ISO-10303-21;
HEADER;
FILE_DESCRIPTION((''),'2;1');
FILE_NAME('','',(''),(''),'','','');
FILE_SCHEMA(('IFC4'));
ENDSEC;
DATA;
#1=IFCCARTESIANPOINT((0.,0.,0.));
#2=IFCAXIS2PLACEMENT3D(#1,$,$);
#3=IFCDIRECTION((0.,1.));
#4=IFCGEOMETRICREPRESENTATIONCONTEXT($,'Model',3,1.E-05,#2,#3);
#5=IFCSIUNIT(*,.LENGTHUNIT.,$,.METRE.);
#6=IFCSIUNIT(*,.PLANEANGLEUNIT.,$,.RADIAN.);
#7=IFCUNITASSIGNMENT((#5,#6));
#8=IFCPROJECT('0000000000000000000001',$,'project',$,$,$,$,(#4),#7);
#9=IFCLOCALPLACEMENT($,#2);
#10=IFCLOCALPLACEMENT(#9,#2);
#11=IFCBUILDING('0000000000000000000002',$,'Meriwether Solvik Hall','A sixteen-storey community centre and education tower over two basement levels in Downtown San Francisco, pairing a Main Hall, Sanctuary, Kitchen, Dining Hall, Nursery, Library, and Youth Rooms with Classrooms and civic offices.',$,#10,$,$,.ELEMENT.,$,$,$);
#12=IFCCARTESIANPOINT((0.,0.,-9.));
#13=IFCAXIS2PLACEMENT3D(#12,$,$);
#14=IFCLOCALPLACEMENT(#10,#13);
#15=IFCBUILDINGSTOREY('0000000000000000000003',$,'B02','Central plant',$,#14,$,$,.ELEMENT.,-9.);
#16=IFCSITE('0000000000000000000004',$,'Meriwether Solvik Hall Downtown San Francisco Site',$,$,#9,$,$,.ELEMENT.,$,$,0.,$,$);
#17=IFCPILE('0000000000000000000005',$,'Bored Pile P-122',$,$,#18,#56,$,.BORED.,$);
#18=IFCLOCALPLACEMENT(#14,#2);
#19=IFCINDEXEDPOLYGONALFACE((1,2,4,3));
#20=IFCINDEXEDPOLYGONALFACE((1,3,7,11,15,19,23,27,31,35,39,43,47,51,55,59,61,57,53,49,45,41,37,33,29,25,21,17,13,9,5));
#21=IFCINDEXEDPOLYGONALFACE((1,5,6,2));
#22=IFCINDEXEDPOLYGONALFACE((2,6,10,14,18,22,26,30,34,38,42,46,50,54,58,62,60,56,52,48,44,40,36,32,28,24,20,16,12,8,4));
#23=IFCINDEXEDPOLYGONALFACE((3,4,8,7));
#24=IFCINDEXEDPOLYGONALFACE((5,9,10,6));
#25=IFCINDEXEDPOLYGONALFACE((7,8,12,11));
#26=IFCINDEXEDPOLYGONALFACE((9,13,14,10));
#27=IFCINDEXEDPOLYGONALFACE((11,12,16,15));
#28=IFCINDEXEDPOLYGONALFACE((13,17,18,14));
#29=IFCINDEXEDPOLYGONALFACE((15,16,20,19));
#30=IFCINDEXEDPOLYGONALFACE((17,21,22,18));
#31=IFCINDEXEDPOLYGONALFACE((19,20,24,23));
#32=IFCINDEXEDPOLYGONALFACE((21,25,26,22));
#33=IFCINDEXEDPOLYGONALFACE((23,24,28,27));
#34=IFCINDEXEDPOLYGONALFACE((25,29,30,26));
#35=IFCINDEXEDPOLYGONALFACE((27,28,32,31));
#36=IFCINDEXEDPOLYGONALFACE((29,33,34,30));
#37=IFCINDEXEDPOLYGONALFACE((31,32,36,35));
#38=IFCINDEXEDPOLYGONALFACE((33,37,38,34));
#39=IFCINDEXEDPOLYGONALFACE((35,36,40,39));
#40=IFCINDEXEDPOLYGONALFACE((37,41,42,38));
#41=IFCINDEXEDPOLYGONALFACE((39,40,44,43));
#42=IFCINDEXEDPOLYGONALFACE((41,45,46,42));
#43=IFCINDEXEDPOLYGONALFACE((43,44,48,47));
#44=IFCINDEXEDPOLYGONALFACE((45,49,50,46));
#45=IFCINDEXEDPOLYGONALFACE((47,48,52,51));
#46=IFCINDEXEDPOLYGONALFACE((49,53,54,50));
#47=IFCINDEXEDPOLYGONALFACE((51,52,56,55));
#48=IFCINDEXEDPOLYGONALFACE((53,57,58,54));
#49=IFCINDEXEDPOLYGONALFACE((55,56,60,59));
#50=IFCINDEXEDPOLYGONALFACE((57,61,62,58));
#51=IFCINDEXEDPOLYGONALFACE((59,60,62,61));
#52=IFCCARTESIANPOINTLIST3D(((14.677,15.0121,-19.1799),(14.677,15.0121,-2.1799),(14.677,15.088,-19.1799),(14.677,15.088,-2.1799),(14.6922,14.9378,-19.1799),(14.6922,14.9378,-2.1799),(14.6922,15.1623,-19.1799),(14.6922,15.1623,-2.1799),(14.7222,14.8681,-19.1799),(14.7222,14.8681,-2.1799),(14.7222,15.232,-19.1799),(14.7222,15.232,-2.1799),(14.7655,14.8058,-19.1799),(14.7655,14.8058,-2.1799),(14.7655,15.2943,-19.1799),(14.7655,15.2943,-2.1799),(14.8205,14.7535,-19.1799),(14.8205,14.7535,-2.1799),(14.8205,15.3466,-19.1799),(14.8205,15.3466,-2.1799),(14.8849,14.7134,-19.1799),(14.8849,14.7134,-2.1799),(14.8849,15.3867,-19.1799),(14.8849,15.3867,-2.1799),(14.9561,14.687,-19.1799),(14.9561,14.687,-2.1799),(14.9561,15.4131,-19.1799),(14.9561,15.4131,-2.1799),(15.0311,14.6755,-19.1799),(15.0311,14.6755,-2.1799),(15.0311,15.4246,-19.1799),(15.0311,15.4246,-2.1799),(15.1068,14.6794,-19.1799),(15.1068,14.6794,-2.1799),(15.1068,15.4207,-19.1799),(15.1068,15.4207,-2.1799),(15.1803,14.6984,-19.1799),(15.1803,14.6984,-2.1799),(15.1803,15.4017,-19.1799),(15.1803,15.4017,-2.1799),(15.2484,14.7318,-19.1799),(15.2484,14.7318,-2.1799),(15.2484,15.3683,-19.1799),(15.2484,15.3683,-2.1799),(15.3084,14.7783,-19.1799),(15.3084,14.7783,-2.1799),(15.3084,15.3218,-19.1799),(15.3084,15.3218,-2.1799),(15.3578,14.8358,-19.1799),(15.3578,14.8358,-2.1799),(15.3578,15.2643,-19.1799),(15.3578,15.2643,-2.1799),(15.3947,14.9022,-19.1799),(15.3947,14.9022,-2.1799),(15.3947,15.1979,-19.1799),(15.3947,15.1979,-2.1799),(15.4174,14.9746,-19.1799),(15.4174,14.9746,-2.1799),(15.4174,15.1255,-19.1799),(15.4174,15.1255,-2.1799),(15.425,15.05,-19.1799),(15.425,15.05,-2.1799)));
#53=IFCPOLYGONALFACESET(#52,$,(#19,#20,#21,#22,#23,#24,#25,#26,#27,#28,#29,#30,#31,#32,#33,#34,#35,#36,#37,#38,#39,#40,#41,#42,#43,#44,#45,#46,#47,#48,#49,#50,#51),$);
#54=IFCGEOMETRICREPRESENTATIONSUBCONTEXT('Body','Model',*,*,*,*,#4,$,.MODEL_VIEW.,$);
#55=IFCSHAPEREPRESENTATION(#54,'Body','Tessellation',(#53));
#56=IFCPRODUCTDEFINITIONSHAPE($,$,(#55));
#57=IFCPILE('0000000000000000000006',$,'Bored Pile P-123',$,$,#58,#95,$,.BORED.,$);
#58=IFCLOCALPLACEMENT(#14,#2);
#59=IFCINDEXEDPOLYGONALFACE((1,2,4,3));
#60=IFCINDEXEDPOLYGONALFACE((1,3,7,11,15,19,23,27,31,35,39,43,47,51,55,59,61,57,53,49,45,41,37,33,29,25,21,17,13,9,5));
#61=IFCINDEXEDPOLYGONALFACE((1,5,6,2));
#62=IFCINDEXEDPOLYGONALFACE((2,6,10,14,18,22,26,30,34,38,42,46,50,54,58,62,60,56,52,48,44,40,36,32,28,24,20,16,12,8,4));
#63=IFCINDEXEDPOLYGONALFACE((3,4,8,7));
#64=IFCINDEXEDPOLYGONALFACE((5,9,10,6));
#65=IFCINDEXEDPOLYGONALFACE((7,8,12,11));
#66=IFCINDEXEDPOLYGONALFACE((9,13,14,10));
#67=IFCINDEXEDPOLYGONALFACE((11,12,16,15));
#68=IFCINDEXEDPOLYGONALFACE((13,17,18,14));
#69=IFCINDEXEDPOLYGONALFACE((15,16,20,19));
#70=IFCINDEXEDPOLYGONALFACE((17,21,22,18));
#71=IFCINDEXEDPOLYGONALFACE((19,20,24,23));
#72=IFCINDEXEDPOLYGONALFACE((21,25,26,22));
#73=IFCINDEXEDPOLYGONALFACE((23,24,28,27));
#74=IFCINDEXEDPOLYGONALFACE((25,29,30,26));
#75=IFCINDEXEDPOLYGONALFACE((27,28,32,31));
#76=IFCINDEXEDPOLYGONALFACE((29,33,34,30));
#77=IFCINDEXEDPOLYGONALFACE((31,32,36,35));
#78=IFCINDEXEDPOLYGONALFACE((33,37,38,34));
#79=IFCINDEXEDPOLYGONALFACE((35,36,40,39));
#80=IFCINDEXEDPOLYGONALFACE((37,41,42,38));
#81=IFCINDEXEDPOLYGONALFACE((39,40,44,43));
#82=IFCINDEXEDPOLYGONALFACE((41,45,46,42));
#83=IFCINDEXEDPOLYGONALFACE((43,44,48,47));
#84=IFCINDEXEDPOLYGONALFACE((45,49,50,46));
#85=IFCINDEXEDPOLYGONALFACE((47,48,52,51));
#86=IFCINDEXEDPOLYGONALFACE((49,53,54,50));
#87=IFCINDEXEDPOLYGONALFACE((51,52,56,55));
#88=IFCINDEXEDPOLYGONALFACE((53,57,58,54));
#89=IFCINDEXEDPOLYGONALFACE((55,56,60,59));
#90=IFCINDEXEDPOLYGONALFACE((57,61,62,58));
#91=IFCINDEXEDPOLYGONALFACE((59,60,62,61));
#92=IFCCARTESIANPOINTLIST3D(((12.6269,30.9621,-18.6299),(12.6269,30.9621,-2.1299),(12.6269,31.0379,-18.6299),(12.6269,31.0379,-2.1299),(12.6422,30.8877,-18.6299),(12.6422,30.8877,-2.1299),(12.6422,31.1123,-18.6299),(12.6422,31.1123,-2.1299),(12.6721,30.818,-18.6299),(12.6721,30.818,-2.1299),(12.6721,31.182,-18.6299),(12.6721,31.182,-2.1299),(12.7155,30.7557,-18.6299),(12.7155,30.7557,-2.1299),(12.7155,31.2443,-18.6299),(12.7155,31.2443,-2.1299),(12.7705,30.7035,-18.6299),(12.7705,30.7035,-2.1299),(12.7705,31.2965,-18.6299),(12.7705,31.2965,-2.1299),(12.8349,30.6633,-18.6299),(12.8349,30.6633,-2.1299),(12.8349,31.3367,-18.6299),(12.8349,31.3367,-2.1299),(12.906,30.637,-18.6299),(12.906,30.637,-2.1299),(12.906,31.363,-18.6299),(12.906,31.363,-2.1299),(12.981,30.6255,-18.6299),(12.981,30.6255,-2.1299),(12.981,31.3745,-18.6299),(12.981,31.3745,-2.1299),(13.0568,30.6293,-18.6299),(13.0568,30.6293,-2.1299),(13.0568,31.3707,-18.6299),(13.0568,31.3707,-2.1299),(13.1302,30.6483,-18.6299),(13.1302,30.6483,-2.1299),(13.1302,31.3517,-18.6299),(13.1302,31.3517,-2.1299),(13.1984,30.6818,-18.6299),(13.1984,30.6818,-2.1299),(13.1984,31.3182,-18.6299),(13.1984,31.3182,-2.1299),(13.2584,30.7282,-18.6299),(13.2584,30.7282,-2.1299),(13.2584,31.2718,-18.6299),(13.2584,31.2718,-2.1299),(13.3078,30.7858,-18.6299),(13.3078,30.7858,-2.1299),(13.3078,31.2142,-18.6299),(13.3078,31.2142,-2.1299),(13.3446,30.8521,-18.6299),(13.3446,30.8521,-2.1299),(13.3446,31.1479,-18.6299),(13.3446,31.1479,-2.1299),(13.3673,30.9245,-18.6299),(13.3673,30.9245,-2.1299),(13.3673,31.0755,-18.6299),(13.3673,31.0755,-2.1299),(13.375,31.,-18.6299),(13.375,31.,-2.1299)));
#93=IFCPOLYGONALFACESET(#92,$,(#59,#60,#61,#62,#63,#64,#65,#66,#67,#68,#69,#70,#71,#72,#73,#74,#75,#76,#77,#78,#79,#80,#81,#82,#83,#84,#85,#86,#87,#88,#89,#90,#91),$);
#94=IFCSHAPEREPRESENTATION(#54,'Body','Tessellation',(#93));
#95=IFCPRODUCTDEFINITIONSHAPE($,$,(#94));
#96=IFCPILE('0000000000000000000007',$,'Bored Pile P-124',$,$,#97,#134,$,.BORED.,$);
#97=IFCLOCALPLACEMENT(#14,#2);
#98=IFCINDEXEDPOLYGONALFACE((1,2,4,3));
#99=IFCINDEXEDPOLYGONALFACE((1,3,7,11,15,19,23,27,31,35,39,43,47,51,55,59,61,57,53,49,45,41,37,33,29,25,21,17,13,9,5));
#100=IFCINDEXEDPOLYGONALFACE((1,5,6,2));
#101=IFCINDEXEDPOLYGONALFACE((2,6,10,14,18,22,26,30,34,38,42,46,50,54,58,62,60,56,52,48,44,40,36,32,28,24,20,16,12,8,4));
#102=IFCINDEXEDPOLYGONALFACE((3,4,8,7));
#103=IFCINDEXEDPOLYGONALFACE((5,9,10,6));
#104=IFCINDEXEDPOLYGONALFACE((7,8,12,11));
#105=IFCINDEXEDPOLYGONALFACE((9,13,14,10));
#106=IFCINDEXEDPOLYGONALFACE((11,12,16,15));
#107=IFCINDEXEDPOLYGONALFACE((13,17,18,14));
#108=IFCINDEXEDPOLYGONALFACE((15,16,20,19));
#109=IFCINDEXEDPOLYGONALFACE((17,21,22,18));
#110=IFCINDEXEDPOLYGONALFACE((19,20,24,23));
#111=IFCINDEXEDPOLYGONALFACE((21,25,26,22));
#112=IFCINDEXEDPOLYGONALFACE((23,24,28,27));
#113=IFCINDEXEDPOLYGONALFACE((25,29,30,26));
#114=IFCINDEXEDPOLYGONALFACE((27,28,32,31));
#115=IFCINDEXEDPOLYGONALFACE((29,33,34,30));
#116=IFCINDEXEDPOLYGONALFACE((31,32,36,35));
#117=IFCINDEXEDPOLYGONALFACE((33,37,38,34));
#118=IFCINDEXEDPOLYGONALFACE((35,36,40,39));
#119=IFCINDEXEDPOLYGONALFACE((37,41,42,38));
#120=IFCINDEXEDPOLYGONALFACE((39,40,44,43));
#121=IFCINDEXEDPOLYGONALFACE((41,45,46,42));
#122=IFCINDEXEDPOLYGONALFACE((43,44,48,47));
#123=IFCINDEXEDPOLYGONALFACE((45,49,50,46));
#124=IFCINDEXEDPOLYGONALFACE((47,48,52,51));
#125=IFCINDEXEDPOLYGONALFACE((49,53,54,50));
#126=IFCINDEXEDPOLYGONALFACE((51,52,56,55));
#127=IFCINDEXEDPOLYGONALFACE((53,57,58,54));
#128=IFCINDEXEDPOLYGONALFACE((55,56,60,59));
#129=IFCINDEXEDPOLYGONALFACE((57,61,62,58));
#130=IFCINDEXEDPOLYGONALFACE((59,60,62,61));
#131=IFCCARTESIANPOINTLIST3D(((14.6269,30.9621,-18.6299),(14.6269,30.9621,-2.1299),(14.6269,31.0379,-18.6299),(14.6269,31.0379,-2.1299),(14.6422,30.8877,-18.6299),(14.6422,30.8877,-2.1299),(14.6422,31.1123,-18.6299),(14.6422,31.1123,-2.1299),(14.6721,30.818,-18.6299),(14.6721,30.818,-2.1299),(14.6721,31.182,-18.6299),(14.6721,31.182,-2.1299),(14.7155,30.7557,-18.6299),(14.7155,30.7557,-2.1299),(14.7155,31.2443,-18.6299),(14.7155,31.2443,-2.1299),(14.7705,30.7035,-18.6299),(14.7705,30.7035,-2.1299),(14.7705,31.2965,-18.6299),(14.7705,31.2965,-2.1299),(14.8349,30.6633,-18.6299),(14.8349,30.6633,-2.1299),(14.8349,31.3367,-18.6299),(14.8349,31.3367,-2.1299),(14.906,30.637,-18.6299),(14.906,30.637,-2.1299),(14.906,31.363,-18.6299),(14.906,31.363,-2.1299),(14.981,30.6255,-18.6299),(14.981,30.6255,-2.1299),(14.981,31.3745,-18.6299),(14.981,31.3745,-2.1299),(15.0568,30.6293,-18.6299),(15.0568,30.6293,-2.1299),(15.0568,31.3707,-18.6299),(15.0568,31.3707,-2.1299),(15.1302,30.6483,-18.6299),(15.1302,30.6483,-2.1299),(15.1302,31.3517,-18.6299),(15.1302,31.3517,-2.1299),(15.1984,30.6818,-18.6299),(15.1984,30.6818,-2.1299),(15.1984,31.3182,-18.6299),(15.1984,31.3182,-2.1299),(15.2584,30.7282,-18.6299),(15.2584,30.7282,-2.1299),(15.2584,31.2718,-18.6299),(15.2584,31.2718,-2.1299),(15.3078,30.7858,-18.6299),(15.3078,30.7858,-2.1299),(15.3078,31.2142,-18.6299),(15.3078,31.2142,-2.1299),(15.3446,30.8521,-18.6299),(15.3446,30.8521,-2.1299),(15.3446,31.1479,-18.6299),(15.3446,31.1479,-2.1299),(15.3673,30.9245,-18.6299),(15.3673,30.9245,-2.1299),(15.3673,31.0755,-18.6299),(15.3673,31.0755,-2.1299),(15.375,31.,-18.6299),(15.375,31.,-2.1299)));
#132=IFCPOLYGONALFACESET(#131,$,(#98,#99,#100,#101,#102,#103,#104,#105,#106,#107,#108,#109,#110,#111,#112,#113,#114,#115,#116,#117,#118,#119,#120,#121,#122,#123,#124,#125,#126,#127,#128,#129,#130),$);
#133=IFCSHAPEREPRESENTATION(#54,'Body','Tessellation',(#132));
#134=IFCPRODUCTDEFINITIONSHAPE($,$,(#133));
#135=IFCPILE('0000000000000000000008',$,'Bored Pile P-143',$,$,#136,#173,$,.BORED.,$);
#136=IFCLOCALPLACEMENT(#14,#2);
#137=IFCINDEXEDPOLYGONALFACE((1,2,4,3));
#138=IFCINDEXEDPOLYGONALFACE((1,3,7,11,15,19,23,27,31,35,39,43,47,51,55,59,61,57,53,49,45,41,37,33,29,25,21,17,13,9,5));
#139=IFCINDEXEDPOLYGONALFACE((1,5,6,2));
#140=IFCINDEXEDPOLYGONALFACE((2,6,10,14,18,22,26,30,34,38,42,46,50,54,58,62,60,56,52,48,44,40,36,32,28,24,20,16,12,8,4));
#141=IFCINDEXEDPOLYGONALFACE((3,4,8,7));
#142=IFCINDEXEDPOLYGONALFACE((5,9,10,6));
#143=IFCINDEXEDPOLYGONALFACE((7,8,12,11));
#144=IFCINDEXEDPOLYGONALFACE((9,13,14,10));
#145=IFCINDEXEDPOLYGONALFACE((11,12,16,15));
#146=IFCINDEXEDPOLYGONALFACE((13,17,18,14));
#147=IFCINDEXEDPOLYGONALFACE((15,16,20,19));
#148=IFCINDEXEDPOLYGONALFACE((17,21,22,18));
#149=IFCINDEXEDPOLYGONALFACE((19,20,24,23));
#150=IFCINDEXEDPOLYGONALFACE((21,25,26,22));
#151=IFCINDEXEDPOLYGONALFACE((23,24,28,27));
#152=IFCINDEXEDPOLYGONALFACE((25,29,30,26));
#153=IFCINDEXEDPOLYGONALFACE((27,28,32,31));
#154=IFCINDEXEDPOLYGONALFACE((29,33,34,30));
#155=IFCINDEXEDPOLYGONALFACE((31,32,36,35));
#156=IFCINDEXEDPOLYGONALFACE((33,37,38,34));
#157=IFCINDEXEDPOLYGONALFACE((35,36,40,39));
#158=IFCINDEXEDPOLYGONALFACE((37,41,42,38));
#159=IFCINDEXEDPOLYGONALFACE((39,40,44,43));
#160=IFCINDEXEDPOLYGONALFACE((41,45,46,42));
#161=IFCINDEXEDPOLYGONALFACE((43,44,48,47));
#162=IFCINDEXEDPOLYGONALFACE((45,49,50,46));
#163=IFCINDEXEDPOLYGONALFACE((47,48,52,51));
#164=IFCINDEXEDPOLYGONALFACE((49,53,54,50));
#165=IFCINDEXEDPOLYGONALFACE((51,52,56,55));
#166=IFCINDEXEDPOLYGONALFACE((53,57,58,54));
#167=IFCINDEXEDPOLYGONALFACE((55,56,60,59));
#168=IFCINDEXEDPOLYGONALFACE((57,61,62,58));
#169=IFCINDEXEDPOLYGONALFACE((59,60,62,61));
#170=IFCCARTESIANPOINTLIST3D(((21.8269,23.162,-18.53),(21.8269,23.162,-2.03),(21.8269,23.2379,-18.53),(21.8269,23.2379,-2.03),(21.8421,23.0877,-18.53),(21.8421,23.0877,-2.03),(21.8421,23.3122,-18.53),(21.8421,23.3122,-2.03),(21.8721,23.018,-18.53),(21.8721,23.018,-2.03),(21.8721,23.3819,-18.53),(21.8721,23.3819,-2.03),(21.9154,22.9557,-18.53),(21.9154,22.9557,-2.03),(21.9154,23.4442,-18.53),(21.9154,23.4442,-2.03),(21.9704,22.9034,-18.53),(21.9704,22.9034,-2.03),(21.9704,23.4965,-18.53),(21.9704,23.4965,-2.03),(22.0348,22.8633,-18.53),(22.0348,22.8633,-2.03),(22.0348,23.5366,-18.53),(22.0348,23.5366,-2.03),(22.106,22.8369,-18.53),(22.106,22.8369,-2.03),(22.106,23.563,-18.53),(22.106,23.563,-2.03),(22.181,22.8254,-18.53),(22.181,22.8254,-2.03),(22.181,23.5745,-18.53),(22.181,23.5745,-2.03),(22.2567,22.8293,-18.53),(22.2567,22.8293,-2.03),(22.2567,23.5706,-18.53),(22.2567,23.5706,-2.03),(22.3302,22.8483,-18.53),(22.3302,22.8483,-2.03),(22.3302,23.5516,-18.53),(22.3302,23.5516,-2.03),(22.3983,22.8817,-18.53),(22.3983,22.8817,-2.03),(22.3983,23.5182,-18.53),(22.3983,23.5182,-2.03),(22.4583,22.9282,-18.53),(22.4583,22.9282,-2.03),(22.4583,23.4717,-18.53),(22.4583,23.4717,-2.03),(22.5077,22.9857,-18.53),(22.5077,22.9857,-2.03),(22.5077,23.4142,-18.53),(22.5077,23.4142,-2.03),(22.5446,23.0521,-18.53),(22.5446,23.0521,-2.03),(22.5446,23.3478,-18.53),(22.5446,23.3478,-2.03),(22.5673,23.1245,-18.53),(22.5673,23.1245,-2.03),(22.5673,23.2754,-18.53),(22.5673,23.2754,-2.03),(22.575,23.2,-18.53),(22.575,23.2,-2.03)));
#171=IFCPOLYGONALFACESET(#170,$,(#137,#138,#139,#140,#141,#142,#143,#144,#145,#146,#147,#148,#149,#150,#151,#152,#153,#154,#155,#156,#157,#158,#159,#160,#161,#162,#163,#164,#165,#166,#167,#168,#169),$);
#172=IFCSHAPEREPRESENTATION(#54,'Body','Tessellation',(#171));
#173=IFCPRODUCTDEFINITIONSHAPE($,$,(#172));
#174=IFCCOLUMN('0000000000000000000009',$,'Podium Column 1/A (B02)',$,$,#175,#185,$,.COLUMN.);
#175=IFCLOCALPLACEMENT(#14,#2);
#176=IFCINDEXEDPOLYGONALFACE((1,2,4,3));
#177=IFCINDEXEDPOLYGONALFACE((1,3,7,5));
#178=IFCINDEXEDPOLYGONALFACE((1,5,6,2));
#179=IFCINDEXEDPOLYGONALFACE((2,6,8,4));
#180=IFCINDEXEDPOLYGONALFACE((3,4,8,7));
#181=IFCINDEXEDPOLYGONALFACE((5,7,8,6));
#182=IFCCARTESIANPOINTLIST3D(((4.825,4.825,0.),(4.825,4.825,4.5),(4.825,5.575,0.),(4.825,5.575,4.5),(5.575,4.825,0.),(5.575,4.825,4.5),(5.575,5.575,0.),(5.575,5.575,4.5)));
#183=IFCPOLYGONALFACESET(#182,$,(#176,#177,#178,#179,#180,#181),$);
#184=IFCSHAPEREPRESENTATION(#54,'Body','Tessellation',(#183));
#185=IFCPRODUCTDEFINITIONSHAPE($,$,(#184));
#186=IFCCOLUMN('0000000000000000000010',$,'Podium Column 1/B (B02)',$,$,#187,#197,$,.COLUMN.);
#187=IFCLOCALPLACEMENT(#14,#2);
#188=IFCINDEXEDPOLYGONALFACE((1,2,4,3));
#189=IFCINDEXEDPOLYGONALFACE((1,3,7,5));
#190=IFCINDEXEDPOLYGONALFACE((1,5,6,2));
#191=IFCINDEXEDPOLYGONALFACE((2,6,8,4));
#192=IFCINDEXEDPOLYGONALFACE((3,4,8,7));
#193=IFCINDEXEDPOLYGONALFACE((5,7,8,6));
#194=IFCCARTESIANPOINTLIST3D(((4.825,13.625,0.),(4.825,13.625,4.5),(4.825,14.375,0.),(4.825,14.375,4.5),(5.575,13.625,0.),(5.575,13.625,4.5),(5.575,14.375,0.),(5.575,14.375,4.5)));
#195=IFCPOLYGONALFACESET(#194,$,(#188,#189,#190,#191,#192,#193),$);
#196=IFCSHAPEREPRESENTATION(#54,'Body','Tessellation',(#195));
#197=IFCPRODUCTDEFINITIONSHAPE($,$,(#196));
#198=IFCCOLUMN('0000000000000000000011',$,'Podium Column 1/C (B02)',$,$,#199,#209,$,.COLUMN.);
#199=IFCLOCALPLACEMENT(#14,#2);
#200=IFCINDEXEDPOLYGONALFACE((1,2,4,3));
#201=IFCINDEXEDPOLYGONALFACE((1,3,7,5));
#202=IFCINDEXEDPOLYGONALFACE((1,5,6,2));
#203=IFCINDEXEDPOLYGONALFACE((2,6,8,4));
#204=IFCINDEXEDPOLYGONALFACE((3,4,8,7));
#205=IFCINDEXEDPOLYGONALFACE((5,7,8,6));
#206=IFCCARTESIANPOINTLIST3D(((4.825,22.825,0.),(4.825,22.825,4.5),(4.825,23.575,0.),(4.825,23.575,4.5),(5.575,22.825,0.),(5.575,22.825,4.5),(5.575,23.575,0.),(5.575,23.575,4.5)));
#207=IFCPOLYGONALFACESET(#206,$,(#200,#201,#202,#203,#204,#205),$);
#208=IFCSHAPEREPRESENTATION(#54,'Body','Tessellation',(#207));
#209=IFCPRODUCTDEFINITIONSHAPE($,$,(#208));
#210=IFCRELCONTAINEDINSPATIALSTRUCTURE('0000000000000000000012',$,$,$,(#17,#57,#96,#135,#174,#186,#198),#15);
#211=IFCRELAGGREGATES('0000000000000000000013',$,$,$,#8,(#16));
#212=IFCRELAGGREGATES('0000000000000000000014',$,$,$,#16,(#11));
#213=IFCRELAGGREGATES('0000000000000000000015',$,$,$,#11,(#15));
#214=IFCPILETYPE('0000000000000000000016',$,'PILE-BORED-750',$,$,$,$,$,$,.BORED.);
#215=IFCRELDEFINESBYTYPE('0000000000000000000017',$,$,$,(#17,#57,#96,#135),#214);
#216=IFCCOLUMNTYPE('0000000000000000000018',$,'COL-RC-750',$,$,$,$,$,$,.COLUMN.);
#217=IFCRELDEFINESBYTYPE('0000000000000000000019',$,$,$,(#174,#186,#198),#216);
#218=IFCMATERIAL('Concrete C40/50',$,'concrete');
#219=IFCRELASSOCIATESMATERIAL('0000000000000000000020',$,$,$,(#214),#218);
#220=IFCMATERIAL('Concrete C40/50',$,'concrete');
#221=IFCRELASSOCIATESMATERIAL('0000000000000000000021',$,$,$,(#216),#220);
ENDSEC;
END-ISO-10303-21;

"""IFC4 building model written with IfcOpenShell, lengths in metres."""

from ifc_helpers import new_model, si_unit, direction, frame, origin, origin_2d, place, context, subcontext, project, spatial, rectangle, circle, extrude, material, material_profile, profile_set, type_object, element, save


model = new_model("IFC4")

# Units and contexts
model_context = context("Model", 3, precision=1e-05, world=origin(), true_north=direction((0.0, 1.0)))
body_context = subcontext(model_context, "Body", "Model", "MODEL_VIEW")
ifc_project = project(units=[si_unit("LENGTHUNIT", "METRE"), si_unit("PLANEANGLEUNIT", "RADIAN")], contexts=[model_context])

# Site, building, storey
site_placement = place(None, origin())
site = spatial("IfcSite", under=ifc_project, at=site_placement, Name="Meriwether Solvik Hall Downtown San Francisco Site", CompositionType="ELEMENT", RefElevation=0.0)
building_placement = place(site_placement, origin())
building = spatial("IfcBuilding", under=site, at=building_placement, Name="Meriwether Solvik Hall", Description="A sixteen-storey community centre and education tower over two basement levels in Downtown San Francisco, pairing a Main Hall, Sanctuary, Kitchen, Dining Hall, Nursery, Library, and Youth Rooms with Classrooms and civic offices.", CompositionType="ELEMENT")
storey_placement = place(building_placement, frame((0.0, 0.0, -9.0)))
storey = spatial("IfcBuildingStorey", under=building, at=storey_placement, Name="B02", Description="Central plant", CompositionType="ELEMENT", Elevation=-9.0)

# Piles
ifc_material_1 = material(Name="Concrete C40/50", Category="concrete")
ifc_material_profile_1 = material_profile(ifc_material_1, circle(Radius=0.375, at=origin_2d()), Name="PILE-D750")
ifc_profile_set_1 = profile_set([ifc_material_profile_1], Name="Concrete C40/50")
pile_type = type_object("IfcPileType", Name="PILE-BORED-750", PredefinedType="BORED", material=ifc_profile_set_1)
for number, where, z_axis, x_axis, name in (
    (1, (15.05, 15.05, -2.1799), (0.0, 0.0, -1.0), (1.0, 0.0, 0.0), "Bored Pile P-122"),
):
    element("IfcPile", number, at=place(storey_placement, frame(where, z_axis=z_axis, x_axis=x_axis)), inside=storey, type_object=pile_type, Name=name, PredefinedType="BORED", context=body_context, shape_type="SweptSolid", body=[
        extrude(circle(Radius=0.375, at=origin_2d()), origin(), (0.0, 0.0, 1.0), 17.0),
    ])
for number, where, z_axis, x_axis, name in (
    (2, (13.0, 31.0, -2.1299), (0.0, 0.0, -1.0), (1.0, 0.0, 0.0), "Bored Pile P-123"),
    (3, (15.0, 31.0, -2.1299), (0.0, 0.0, -1.0), (1.0, 0.0, 0.0), "Bored Pile P-124"),
    (4, (22.2, 23.2, -2.03), (0.0, 0.0, -1.0), (1.0, 0.0, 0.0), "Bored Pile P-143"),
):
    element("IfcPile", number, at=place(storey_placement, frame(where, z_axis=z_axis, x_axis=x_axis)), inside=storey, type_object=pile_type, Name=name, PredefinedType="BORED", context=body_context, shape_type="SweptSolid", body=[
        extrude(circle(Radius=0.375, at=origin_2d()), origin(), (0.0, 0.0, 1.0), 16.5),
    ])

# Columns
ifc_material_2 = material(Name="Concrete C40/50", Category="concrete")
ifc_material_profile_2 = material_profile(ifc_material_2, rectangle(XDim=0.75, YDim=0.75, at=origin_2d()), Name="RCC-750X750")
ifc_profile_set_2 = profile_set([ifc_material_profile_2], Name="Concrete C40/50")
column_type_1 = type_object("IfcColumnType", Name="COL-RC-750", PredefinedType="COLUMN", material=ifc_profile_set_2)
for number, where, z_axis, x_axis, name in (
    (5, (5.2, 5.2, 0.0), (0.0, 0.0, 1.0), (1.0, 0.0, 0.0), "Podium Column 1/A (B02)"),
    (6, (5.2, 14.0, 0.0), (0.0, 0.0, 1.0), (1.0, 0.0, 0.0), "Podium Column 1/B (B02)"),
    (7, (5.2, 23.2, 0.0), (0.0, 0.0, 1.0), (1.0, 0.0, 0.0), "Podium Column 1/C (B02)"),
):
    element("IfcColumn", number, at=place(storey_placement, frame(where, z_axis=z_axis, x_axis=x_axis)), inside=storey, type_object=column_type_1, Name=name, PredefinedType="COLUMN", context=body_context, shape_type="SweptSolid", body=[
        extrude(rectangle(XDim=0.75, YDim=0.75, at=origin_2d()), origin(), (0.0, 0.0, 1.0), 4.5),
    ])

save(model, "model.ifc")
